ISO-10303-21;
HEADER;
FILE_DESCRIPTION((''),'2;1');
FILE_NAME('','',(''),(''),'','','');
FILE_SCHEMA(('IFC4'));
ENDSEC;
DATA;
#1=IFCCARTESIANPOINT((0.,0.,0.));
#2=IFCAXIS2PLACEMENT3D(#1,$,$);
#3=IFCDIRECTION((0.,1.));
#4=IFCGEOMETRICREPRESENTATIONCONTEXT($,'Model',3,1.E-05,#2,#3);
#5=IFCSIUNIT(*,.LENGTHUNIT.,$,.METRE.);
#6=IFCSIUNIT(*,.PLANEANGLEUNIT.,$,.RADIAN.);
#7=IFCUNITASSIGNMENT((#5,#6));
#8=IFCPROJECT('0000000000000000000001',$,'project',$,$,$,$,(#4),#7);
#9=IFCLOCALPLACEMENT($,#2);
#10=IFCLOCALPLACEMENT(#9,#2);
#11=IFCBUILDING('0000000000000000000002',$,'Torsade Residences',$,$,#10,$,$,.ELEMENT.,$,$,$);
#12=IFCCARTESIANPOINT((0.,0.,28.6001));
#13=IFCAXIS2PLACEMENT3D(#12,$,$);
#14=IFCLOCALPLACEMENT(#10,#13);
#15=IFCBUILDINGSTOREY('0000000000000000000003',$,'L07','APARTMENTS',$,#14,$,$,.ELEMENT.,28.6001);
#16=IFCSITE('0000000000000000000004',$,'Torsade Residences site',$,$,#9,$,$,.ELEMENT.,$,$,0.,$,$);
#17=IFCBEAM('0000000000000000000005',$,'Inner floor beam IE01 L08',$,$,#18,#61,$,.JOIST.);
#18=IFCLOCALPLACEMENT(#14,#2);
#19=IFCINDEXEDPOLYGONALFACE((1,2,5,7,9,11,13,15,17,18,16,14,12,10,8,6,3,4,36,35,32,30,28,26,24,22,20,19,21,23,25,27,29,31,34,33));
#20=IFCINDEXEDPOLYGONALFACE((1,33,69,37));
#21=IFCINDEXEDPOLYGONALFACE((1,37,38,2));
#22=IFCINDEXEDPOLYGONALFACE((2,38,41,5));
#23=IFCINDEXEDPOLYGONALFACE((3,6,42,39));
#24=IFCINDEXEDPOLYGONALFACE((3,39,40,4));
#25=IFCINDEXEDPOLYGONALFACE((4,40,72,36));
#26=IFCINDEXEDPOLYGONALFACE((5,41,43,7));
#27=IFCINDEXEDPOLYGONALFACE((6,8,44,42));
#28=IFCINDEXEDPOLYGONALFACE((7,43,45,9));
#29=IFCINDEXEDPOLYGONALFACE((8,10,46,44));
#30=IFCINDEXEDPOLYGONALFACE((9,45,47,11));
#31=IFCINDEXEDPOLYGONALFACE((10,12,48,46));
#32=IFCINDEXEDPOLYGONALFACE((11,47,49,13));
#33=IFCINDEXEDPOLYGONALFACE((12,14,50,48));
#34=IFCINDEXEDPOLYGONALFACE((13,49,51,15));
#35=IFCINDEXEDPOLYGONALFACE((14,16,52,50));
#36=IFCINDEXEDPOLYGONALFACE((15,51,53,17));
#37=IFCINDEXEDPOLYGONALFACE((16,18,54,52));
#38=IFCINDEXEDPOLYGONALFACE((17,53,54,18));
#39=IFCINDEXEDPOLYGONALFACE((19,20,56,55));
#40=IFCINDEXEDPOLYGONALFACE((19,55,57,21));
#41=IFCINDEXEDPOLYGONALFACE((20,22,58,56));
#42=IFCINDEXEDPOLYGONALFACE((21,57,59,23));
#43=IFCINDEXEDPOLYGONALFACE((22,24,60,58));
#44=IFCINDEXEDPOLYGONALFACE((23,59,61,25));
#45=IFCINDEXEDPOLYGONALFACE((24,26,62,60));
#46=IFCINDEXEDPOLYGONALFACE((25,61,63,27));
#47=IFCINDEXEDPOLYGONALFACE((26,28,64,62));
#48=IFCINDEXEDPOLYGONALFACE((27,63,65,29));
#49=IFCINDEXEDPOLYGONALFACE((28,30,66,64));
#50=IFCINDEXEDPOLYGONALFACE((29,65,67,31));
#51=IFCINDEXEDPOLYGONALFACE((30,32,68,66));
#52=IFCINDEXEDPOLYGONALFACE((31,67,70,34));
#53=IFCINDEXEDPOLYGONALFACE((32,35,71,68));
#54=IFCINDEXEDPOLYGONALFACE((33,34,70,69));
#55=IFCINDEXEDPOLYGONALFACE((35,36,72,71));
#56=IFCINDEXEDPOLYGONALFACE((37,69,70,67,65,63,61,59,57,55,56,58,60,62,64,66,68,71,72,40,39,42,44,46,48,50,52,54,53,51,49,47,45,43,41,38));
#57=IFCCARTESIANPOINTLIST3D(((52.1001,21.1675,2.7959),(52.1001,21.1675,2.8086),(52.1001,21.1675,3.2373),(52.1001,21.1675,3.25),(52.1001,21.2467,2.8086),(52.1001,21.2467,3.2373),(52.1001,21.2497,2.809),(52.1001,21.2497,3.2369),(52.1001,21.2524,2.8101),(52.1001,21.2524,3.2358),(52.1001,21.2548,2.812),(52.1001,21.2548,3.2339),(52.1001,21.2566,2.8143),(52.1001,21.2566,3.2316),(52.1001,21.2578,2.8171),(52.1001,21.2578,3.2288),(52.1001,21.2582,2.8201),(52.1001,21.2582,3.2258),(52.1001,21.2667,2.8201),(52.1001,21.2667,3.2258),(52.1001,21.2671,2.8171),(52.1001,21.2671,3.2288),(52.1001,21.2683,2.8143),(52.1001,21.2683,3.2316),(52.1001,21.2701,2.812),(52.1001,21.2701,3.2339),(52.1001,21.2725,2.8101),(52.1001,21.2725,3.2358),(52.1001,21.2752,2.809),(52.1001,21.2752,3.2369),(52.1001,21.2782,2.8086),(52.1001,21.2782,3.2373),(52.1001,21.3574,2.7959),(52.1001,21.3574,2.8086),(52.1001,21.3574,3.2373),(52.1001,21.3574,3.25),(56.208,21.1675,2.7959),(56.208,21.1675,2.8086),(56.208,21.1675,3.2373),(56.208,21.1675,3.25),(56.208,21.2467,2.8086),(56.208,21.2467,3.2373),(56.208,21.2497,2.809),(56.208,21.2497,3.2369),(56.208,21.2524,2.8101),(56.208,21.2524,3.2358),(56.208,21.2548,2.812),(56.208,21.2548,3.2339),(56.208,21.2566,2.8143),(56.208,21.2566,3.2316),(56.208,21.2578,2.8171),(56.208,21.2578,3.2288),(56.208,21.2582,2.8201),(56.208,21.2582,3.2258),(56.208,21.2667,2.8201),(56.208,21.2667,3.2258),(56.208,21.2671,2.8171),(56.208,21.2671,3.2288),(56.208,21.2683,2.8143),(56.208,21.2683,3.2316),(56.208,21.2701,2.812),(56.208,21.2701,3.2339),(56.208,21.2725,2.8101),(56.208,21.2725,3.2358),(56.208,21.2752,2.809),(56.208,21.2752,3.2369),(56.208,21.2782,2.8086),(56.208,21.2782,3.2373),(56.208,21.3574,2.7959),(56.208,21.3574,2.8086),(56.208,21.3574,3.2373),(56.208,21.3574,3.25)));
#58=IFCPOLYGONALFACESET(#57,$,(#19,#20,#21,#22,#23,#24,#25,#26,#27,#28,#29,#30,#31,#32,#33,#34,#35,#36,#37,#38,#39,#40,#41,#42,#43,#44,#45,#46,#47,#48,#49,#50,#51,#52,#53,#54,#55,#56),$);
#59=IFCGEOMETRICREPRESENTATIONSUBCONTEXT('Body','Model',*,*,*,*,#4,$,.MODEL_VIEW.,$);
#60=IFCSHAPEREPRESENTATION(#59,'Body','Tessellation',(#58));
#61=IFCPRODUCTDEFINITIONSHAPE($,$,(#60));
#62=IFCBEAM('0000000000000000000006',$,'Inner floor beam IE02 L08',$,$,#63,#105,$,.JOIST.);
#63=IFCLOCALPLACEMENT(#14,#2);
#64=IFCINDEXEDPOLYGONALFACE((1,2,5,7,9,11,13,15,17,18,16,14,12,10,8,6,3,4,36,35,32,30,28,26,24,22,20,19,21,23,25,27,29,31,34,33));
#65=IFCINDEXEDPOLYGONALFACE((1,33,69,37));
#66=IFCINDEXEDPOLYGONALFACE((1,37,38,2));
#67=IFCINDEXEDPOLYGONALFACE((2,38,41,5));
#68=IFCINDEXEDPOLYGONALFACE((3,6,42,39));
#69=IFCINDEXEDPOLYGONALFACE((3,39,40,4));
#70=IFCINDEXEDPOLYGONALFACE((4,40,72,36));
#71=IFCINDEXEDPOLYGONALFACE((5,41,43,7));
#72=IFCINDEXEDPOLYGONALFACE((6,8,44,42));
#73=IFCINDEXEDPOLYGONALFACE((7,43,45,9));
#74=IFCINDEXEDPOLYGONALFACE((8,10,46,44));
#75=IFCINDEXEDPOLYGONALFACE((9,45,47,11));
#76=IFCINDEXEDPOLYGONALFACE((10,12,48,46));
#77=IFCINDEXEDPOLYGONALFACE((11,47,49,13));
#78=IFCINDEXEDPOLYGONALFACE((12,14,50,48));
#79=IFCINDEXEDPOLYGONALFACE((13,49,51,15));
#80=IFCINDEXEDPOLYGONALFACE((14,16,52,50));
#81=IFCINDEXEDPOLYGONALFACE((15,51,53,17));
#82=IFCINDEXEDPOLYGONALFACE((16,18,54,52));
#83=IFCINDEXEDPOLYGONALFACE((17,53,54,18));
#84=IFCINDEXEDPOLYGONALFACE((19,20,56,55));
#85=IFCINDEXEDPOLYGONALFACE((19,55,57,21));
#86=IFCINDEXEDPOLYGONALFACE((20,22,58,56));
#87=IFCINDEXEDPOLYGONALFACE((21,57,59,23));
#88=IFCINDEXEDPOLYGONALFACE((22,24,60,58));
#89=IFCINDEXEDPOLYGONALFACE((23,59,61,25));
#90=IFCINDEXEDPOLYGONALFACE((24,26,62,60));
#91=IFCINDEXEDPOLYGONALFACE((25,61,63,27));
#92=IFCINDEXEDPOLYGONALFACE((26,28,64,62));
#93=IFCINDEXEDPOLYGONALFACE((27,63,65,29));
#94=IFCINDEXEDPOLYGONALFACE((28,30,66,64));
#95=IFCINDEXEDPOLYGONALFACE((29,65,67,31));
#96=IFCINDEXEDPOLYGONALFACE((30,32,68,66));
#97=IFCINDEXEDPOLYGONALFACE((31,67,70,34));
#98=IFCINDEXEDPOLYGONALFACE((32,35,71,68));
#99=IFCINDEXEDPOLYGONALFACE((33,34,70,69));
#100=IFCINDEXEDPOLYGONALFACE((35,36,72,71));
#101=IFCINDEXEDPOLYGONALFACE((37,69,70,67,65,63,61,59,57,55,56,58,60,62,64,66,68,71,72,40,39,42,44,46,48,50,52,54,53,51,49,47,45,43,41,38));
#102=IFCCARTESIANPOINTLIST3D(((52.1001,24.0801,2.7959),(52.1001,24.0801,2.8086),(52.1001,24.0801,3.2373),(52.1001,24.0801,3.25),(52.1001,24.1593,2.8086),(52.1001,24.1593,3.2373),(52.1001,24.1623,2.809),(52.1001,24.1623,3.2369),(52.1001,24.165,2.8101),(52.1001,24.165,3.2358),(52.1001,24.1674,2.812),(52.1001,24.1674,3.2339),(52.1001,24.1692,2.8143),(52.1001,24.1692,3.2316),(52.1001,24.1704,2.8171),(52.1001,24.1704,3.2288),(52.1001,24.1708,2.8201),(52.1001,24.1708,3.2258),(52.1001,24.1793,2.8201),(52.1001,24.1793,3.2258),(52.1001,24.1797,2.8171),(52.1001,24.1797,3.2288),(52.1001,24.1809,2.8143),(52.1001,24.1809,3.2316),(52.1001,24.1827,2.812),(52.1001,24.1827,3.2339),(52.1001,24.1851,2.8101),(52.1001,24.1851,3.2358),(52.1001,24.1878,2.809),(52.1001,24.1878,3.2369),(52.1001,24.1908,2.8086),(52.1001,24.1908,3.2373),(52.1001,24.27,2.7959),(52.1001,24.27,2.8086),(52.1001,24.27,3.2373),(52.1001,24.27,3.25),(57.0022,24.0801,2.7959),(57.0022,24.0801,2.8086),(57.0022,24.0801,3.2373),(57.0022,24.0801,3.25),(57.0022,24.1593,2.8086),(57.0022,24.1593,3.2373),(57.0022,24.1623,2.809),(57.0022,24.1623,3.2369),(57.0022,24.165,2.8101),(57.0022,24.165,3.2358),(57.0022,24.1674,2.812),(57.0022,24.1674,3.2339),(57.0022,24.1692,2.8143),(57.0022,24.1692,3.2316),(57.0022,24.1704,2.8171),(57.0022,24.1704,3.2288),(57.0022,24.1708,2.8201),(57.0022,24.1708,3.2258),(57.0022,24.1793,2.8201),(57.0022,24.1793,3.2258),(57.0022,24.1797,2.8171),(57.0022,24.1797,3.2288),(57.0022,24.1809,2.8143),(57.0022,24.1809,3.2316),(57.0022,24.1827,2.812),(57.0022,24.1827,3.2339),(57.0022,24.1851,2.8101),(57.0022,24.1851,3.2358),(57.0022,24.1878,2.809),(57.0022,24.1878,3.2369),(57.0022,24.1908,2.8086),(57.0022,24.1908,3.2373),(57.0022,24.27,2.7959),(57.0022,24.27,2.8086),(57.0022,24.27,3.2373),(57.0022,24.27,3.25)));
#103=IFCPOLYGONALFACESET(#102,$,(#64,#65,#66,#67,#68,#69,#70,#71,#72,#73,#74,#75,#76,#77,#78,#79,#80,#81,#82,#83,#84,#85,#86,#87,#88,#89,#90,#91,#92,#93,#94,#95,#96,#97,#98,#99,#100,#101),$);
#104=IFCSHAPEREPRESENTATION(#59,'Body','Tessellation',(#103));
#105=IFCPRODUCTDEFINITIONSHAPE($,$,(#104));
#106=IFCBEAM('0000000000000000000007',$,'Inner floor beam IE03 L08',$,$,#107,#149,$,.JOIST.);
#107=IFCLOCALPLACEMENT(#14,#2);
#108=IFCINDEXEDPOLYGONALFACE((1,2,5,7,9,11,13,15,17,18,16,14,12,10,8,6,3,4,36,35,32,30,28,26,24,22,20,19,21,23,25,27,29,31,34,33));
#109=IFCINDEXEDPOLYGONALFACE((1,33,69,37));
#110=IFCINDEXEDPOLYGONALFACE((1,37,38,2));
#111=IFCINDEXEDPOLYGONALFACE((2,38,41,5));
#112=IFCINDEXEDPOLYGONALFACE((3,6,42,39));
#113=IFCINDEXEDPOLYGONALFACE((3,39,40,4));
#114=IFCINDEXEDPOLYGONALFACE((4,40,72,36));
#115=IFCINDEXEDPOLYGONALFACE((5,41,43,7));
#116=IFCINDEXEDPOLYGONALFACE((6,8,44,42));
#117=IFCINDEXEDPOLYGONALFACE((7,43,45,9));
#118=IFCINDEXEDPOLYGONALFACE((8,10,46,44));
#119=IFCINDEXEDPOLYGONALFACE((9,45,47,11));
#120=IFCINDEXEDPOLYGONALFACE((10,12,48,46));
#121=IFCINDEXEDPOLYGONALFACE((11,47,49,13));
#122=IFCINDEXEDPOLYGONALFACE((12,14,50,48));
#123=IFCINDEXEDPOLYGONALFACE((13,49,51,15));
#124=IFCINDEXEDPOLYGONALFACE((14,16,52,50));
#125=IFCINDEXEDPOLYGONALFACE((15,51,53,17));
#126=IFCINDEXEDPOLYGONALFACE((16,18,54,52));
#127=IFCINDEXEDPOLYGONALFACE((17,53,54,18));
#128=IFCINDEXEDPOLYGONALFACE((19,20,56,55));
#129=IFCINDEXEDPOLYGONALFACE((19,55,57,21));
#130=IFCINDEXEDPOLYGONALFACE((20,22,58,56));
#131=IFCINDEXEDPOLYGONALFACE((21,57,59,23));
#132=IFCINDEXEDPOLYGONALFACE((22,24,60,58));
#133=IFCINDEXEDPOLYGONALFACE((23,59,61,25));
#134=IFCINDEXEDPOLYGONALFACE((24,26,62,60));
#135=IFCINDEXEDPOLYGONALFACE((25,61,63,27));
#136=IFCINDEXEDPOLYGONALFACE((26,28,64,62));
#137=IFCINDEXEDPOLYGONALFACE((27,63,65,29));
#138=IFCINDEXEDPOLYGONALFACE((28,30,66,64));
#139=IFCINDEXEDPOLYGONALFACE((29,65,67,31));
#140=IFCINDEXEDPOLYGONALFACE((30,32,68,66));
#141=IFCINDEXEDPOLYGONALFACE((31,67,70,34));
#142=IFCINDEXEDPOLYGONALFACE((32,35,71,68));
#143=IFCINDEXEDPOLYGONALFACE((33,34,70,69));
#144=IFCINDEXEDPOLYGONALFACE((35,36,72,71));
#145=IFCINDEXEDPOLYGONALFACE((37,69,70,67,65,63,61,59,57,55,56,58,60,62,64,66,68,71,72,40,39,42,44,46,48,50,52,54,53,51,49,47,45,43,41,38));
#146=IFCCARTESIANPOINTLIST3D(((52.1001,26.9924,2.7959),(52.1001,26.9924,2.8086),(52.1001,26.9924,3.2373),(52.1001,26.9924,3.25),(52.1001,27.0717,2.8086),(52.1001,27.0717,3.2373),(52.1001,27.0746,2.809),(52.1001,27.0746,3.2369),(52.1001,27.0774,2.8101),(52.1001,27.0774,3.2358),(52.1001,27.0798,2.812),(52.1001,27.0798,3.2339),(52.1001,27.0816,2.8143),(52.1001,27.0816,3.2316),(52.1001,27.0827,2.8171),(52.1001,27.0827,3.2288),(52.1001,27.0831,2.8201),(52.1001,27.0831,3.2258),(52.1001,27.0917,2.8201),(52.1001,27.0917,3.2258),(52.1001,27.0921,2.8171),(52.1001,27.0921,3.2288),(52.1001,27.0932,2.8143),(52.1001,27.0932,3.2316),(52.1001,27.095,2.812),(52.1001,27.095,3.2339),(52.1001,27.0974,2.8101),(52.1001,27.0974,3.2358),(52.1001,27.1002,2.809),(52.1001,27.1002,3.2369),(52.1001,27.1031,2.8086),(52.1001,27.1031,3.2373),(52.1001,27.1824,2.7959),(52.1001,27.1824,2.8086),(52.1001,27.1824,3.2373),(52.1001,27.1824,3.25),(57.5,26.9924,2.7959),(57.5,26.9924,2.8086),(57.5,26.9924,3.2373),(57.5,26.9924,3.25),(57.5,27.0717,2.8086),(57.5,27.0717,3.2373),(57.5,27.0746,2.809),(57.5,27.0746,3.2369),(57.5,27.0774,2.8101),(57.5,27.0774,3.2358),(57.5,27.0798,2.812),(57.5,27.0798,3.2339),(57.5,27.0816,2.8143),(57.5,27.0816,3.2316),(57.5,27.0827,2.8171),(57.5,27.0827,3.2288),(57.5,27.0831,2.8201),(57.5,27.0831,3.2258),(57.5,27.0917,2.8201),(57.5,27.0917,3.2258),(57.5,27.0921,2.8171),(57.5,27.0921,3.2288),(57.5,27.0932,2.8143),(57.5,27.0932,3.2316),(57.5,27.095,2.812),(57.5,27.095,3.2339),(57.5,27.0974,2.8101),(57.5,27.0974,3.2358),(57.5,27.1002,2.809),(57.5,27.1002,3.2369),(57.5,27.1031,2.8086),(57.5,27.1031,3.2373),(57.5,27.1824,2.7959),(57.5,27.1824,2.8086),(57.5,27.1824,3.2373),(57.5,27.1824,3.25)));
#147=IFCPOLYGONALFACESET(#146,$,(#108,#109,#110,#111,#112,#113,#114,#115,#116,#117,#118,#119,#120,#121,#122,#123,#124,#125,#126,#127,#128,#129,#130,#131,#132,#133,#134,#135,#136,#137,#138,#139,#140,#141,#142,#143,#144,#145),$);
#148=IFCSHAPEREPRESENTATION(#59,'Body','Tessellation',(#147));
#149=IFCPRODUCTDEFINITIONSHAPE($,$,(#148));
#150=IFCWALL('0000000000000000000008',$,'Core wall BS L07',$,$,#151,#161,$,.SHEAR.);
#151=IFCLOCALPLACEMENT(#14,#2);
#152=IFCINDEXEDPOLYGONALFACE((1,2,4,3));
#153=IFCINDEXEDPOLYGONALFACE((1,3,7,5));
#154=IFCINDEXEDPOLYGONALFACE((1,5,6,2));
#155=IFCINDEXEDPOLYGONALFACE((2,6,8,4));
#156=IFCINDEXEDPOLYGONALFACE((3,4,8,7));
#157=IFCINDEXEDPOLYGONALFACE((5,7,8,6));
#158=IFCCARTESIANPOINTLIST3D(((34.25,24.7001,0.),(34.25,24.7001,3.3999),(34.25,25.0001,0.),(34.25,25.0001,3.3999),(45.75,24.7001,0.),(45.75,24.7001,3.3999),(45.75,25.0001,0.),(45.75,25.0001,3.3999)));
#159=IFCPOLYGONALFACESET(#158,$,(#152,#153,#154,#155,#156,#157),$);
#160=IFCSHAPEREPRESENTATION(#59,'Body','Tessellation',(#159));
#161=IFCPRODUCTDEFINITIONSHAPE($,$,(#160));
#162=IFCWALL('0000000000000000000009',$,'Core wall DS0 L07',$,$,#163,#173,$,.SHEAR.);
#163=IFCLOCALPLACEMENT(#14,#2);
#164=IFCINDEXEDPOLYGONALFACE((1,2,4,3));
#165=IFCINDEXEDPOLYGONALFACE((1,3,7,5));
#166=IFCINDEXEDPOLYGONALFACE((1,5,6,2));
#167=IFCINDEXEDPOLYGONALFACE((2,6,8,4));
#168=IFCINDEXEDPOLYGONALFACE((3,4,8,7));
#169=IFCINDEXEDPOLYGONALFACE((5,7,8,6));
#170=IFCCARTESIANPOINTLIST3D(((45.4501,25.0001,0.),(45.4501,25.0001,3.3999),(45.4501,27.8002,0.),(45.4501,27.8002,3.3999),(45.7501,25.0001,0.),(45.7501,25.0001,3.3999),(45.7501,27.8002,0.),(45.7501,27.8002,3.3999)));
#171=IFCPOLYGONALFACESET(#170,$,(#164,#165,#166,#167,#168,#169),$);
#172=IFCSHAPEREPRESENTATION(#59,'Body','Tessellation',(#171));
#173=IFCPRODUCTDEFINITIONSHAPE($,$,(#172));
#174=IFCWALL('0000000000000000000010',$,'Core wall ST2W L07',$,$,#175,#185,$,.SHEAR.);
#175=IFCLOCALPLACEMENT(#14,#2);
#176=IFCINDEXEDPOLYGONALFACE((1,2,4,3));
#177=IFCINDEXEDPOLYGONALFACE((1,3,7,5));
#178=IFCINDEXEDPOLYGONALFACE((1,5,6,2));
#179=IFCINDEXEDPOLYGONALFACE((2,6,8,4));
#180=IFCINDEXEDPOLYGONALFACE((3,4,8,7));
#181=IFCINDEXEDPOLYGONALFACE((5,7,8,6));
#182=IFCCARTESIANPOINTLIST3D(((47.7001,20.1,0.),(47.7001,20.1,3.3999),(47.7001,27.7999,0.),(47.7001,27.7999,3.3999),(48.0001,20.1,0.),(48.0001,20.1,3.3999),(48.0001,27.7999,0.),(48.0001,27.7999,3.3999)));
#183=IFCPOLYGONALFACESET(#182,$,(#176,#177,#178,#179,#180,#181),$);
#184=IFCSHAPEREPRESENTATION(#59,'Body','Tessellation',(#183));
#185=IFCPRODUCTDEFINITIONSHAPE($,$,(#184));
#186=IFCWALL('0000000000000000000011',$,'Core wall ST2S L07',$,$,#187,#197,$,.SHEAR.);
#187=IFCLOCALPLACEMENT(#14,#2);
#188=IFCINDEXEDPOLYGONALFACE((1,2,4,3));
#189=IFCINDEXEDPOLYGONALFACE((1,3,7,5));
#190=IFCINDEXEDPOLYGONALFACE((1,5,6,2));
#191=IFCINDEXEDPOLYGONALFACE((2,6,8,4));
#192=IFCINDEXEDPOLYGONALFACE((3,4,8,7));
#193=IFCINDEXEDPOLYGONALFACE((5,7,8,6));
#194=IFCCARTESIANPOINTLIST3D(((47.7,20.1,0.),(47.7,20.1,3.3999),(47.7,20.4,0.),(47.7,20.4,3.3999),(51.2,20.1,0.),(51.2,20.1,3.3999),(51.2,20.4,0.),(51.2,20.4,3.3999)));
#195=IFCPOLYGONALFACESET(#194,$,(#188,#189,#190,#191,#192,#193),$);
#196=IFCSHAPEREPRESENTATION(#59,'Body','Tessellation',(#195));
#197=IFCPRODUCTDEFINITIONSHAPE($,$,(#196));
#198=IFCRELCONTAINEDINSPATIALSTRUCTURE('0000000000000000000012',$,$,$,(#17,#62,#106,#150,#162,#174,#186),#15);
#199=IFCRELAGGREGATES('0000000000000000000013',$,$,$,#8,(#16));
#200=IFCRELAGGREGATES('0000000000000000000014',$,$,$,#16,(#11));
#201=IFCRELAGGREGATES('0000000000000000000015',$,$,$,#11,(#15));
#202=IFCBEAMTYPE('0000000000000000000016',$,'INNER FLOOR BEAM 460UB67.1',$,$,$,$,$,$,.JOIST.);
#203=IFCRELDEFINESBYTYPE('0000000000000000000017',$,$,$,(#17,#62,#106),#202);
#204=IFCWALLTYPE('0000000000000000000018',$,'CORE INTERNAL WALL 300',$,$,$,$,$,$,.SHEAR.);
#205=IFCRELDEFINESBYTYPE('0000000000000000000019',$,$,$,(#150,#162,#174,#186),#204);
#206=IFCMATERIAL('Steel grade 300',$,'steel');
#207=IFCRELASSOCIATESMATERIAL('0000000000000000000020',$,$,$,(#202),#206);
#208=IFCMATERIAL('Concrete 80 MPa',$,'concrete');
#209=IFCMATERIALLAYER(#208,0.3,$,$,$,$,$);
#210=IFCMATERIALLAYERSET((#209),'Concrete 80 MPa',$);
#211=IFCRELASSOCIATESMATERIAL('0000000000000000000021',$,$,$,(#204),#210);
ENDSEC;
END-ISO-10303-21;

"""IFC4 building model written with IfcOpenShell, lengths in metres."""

from ifc_helpers import new_model, si_unit, direction, frame, frame_2d, origin, origin_2d, place, context, subcontext, project, spatial, rectangle, i_section, extrude, material, layer, layer_set, material_profile, profile_set, type_object, element, save


model = new_model("IFC4")

# Units and contexts
model_context = context("Model", 3, precision=1e-05, world=origin(), true_north=direction((0.0, 1.0)))
body_context = subcontext(model_context, "Body", "Model", "MODEL_VIEW")
ifc_project = project(units=[si_unit("LENGTHUNIT", "METRE"), si_unit("PLANEANGLEUNIT", "RADIAN")], contexts=[model_context])

# Site, building, storey
site_placement = place(None, origin())
site = spatial("IfcSite", under=ifc_project, at=site_placement, Name="Torsade Residences site", CompositionType="ELEMENT", RefElevation=0.0)
building_placement = place(site_placement, origin())
building = spatial("IfcBuilding", under=site, at=building_placement, Name="Torsade Residences", CompositionType="ELEMENT")
storey_placement = place(building_placement, frame((0.0, 0.0, 28.6001)))
storey = spatial("IfcBuildingStorey", under=building, at=storey_placement, Name="L07", Description="APARTMENTS", CompositionType="ELEMENT", Elevation=28.6001)

# Beams
ifc_material_1 = material(Name="Steel grade 300", Category="steel")
ifc_material_profile = material_profile(ifc_material_1, i_section(OverallWidth=0.1899, OverallDepth=0.4541, WebThickness=0.0085, FlangeThickness=0.0127, FilletRadius=0.0115, at=origin_2d()), Name="460UB67.1")
ifc_profile_set = profile_set([ifc_material_profile], Name="Steel grade 300")
beam_type = type_object("IfcBeamType", Name="INNER FLOOR BEAM 460UB67.1", PredefinedType="JOIST", material=ifc_profile_set)
beam_1_placement = place(storey_placement, frame((52.1001, 21.2625, 3.0229), z_axis=(1.0, 0.0, 0.0), x_axis=(0.0, 1.0, 0.0)))
element("IfcBeam", 1, at=beam_1_placement, inside=storey, type_object=beam_type, Name="Inner floor beam IE01 L08", PredefinedType="JOIST", context=body_context, shape_type="SweptSolid", body=[
    extrude(i_section(OverallWidth=0.1899, OverallDepth=0.4541, WebThickness=0.0085, FlangeThickness=0.0127, FilletRadius=0.0115, at=origin_2d()), origin(), (0.0, 0.0, 1.0), 4.1079),
])
beam_2_placement = place(storey_placement, frame((52.1001, 24.175, 3.0229), z_axis=(1.0, 0.0, 0.0), x_axis=(0.0, 1.0, 0.0)))
element("IfcBeam", 2, at=beam_2_placement, inside=storey, type_object=beam_type, Name="Inner floor beam IE02 L08", PredefinedType="JOIST", context=body_context, shape_type="SweptSolid", body=[
    extrude(i_section(OverallWidth=0.1899, OverallDepth=0.4541, WebThickness=0.0085, FlangeThickness=0.0127, FilletRadius=0.0115, at=origin_2d()), origin(), (0.0, 0.0, 1.0), 4.9021),
])
beam_3_placement = place(storey_placement, frame((52.1001, 27.0874, 3.0229), z_axis=(1.0, 0.0, 0.0), x_axis=(0.0, 1.0, 0.0)))
element("IfcBeam", 3, at=beam_3_placement, inside=storey, type_object=beam_type, Name="Inner floor beam IE03 L08", PredefinedType="JOIST", context=body_context, shape_type="SweptSolid", body=[
    extrude(i_section(OverallWidth=0.1899, OverallDepth=0.4541, WebThickness=0.0085, FlangeThickness=0.0127, FilletRadius=0.0115, at=origin_2d()), origin(), (0.0, 0.0, 1.0), 5.3999),
])

# Walls
ifc_material_2 = material(Name="Concrete 80 MPa", Category="concrete")
ifc_layer_1 = layer(ifc_material_2, 0.3)
ifc_layer_set_1 = layer_set([ifc_layer_1], Name="Concrete 80 MPa")
wall_type_1 = type_object("IfcWallType", Name="CORE INTERNAL WALL 300", PredefinedType="SHEAR", material=ifc_layer_set_1)
wall_1_placement = place(storey_placement, frame((45.75, 24.8501, 0.0), z_axis=(0.0, 0.0, 1.0), x_axis=(-1.0, 0.0, 0.0)))
element("IfcWall", 4, at=wall_1_placement, inside=storey, type_object=wall_type_1, Name="Core wall BS L07", PredefinedType="SHEAR", context=body_context, shape_type="SweptSolid", body=[
    extrude(rectangle(XDim=11.5, YDim=0.3, at=frame_2d((5.75, 0.0))), origin(), (0.0, 0.0, 1.0), 3.3999),
])
wall_2_placement = place(storey_placement, frame((45.6001, 27.8, 0.0), z_axis=(0.0, 0.0, 1.0), x_axis=(0.0, -1.0, 0.0)))
element("IfcWall", 5, at=wall_2_placement, inside=storey, type_object=wall_type_1, Name="Core wall DS0 L07", PredefinedType="SHEAR", context=body_context, shape_type="SweptSolid", body=[
    extrude(rectangle(XDim=2.8, YDim=0.3, at=frame_2d((1.3999, 0.0))), origin(), (0.0, 0.0, 1.0), 3.3999),
])
wall_3_placement = place(storey_placement, frame((47.8501, 27.8, 0.0), z_axis=(0.0, 0.0, 1.0), x_axis=(0.0, -1.0, 0.0)))
element("IfcWall", 6, at=wall_3_placement, inside=storey, type_object=wall_type_1, Name="Core wall ST2W L07", PredefinedType="SHEAR", context=body_context, shape_type="SweptSolid", body=[
    extrude(rectangle(XDim=7.7, YDim=0.3, at=frame_2d((3.8501, 0.0))), origin(), (0.0, 0.0, 1.0), 3.3999),
])
wall_4_placement = place(storey_placement, frame((51.2, 20.25, 0.0), z_axis=(0.0, 0.0, 1.0), x_axis=(-1.0, 0.0, 0.0)))
element("IfcWall", 7, at=wall_4_placement, inside=storey, type_object=wall_type_1, Name="Core wall ST2S L07", PredefinedType="SHEAR", context=body_context, shape_type="SweptSolid", body=[
    extrude(rectangle(XDim=3.5, YDim=0.3, at=frame_2d((1.75, 0.0))), origin(), (0.0, 0.0, 1.0), 3.3999),
])

save(model, "model.ifc")
